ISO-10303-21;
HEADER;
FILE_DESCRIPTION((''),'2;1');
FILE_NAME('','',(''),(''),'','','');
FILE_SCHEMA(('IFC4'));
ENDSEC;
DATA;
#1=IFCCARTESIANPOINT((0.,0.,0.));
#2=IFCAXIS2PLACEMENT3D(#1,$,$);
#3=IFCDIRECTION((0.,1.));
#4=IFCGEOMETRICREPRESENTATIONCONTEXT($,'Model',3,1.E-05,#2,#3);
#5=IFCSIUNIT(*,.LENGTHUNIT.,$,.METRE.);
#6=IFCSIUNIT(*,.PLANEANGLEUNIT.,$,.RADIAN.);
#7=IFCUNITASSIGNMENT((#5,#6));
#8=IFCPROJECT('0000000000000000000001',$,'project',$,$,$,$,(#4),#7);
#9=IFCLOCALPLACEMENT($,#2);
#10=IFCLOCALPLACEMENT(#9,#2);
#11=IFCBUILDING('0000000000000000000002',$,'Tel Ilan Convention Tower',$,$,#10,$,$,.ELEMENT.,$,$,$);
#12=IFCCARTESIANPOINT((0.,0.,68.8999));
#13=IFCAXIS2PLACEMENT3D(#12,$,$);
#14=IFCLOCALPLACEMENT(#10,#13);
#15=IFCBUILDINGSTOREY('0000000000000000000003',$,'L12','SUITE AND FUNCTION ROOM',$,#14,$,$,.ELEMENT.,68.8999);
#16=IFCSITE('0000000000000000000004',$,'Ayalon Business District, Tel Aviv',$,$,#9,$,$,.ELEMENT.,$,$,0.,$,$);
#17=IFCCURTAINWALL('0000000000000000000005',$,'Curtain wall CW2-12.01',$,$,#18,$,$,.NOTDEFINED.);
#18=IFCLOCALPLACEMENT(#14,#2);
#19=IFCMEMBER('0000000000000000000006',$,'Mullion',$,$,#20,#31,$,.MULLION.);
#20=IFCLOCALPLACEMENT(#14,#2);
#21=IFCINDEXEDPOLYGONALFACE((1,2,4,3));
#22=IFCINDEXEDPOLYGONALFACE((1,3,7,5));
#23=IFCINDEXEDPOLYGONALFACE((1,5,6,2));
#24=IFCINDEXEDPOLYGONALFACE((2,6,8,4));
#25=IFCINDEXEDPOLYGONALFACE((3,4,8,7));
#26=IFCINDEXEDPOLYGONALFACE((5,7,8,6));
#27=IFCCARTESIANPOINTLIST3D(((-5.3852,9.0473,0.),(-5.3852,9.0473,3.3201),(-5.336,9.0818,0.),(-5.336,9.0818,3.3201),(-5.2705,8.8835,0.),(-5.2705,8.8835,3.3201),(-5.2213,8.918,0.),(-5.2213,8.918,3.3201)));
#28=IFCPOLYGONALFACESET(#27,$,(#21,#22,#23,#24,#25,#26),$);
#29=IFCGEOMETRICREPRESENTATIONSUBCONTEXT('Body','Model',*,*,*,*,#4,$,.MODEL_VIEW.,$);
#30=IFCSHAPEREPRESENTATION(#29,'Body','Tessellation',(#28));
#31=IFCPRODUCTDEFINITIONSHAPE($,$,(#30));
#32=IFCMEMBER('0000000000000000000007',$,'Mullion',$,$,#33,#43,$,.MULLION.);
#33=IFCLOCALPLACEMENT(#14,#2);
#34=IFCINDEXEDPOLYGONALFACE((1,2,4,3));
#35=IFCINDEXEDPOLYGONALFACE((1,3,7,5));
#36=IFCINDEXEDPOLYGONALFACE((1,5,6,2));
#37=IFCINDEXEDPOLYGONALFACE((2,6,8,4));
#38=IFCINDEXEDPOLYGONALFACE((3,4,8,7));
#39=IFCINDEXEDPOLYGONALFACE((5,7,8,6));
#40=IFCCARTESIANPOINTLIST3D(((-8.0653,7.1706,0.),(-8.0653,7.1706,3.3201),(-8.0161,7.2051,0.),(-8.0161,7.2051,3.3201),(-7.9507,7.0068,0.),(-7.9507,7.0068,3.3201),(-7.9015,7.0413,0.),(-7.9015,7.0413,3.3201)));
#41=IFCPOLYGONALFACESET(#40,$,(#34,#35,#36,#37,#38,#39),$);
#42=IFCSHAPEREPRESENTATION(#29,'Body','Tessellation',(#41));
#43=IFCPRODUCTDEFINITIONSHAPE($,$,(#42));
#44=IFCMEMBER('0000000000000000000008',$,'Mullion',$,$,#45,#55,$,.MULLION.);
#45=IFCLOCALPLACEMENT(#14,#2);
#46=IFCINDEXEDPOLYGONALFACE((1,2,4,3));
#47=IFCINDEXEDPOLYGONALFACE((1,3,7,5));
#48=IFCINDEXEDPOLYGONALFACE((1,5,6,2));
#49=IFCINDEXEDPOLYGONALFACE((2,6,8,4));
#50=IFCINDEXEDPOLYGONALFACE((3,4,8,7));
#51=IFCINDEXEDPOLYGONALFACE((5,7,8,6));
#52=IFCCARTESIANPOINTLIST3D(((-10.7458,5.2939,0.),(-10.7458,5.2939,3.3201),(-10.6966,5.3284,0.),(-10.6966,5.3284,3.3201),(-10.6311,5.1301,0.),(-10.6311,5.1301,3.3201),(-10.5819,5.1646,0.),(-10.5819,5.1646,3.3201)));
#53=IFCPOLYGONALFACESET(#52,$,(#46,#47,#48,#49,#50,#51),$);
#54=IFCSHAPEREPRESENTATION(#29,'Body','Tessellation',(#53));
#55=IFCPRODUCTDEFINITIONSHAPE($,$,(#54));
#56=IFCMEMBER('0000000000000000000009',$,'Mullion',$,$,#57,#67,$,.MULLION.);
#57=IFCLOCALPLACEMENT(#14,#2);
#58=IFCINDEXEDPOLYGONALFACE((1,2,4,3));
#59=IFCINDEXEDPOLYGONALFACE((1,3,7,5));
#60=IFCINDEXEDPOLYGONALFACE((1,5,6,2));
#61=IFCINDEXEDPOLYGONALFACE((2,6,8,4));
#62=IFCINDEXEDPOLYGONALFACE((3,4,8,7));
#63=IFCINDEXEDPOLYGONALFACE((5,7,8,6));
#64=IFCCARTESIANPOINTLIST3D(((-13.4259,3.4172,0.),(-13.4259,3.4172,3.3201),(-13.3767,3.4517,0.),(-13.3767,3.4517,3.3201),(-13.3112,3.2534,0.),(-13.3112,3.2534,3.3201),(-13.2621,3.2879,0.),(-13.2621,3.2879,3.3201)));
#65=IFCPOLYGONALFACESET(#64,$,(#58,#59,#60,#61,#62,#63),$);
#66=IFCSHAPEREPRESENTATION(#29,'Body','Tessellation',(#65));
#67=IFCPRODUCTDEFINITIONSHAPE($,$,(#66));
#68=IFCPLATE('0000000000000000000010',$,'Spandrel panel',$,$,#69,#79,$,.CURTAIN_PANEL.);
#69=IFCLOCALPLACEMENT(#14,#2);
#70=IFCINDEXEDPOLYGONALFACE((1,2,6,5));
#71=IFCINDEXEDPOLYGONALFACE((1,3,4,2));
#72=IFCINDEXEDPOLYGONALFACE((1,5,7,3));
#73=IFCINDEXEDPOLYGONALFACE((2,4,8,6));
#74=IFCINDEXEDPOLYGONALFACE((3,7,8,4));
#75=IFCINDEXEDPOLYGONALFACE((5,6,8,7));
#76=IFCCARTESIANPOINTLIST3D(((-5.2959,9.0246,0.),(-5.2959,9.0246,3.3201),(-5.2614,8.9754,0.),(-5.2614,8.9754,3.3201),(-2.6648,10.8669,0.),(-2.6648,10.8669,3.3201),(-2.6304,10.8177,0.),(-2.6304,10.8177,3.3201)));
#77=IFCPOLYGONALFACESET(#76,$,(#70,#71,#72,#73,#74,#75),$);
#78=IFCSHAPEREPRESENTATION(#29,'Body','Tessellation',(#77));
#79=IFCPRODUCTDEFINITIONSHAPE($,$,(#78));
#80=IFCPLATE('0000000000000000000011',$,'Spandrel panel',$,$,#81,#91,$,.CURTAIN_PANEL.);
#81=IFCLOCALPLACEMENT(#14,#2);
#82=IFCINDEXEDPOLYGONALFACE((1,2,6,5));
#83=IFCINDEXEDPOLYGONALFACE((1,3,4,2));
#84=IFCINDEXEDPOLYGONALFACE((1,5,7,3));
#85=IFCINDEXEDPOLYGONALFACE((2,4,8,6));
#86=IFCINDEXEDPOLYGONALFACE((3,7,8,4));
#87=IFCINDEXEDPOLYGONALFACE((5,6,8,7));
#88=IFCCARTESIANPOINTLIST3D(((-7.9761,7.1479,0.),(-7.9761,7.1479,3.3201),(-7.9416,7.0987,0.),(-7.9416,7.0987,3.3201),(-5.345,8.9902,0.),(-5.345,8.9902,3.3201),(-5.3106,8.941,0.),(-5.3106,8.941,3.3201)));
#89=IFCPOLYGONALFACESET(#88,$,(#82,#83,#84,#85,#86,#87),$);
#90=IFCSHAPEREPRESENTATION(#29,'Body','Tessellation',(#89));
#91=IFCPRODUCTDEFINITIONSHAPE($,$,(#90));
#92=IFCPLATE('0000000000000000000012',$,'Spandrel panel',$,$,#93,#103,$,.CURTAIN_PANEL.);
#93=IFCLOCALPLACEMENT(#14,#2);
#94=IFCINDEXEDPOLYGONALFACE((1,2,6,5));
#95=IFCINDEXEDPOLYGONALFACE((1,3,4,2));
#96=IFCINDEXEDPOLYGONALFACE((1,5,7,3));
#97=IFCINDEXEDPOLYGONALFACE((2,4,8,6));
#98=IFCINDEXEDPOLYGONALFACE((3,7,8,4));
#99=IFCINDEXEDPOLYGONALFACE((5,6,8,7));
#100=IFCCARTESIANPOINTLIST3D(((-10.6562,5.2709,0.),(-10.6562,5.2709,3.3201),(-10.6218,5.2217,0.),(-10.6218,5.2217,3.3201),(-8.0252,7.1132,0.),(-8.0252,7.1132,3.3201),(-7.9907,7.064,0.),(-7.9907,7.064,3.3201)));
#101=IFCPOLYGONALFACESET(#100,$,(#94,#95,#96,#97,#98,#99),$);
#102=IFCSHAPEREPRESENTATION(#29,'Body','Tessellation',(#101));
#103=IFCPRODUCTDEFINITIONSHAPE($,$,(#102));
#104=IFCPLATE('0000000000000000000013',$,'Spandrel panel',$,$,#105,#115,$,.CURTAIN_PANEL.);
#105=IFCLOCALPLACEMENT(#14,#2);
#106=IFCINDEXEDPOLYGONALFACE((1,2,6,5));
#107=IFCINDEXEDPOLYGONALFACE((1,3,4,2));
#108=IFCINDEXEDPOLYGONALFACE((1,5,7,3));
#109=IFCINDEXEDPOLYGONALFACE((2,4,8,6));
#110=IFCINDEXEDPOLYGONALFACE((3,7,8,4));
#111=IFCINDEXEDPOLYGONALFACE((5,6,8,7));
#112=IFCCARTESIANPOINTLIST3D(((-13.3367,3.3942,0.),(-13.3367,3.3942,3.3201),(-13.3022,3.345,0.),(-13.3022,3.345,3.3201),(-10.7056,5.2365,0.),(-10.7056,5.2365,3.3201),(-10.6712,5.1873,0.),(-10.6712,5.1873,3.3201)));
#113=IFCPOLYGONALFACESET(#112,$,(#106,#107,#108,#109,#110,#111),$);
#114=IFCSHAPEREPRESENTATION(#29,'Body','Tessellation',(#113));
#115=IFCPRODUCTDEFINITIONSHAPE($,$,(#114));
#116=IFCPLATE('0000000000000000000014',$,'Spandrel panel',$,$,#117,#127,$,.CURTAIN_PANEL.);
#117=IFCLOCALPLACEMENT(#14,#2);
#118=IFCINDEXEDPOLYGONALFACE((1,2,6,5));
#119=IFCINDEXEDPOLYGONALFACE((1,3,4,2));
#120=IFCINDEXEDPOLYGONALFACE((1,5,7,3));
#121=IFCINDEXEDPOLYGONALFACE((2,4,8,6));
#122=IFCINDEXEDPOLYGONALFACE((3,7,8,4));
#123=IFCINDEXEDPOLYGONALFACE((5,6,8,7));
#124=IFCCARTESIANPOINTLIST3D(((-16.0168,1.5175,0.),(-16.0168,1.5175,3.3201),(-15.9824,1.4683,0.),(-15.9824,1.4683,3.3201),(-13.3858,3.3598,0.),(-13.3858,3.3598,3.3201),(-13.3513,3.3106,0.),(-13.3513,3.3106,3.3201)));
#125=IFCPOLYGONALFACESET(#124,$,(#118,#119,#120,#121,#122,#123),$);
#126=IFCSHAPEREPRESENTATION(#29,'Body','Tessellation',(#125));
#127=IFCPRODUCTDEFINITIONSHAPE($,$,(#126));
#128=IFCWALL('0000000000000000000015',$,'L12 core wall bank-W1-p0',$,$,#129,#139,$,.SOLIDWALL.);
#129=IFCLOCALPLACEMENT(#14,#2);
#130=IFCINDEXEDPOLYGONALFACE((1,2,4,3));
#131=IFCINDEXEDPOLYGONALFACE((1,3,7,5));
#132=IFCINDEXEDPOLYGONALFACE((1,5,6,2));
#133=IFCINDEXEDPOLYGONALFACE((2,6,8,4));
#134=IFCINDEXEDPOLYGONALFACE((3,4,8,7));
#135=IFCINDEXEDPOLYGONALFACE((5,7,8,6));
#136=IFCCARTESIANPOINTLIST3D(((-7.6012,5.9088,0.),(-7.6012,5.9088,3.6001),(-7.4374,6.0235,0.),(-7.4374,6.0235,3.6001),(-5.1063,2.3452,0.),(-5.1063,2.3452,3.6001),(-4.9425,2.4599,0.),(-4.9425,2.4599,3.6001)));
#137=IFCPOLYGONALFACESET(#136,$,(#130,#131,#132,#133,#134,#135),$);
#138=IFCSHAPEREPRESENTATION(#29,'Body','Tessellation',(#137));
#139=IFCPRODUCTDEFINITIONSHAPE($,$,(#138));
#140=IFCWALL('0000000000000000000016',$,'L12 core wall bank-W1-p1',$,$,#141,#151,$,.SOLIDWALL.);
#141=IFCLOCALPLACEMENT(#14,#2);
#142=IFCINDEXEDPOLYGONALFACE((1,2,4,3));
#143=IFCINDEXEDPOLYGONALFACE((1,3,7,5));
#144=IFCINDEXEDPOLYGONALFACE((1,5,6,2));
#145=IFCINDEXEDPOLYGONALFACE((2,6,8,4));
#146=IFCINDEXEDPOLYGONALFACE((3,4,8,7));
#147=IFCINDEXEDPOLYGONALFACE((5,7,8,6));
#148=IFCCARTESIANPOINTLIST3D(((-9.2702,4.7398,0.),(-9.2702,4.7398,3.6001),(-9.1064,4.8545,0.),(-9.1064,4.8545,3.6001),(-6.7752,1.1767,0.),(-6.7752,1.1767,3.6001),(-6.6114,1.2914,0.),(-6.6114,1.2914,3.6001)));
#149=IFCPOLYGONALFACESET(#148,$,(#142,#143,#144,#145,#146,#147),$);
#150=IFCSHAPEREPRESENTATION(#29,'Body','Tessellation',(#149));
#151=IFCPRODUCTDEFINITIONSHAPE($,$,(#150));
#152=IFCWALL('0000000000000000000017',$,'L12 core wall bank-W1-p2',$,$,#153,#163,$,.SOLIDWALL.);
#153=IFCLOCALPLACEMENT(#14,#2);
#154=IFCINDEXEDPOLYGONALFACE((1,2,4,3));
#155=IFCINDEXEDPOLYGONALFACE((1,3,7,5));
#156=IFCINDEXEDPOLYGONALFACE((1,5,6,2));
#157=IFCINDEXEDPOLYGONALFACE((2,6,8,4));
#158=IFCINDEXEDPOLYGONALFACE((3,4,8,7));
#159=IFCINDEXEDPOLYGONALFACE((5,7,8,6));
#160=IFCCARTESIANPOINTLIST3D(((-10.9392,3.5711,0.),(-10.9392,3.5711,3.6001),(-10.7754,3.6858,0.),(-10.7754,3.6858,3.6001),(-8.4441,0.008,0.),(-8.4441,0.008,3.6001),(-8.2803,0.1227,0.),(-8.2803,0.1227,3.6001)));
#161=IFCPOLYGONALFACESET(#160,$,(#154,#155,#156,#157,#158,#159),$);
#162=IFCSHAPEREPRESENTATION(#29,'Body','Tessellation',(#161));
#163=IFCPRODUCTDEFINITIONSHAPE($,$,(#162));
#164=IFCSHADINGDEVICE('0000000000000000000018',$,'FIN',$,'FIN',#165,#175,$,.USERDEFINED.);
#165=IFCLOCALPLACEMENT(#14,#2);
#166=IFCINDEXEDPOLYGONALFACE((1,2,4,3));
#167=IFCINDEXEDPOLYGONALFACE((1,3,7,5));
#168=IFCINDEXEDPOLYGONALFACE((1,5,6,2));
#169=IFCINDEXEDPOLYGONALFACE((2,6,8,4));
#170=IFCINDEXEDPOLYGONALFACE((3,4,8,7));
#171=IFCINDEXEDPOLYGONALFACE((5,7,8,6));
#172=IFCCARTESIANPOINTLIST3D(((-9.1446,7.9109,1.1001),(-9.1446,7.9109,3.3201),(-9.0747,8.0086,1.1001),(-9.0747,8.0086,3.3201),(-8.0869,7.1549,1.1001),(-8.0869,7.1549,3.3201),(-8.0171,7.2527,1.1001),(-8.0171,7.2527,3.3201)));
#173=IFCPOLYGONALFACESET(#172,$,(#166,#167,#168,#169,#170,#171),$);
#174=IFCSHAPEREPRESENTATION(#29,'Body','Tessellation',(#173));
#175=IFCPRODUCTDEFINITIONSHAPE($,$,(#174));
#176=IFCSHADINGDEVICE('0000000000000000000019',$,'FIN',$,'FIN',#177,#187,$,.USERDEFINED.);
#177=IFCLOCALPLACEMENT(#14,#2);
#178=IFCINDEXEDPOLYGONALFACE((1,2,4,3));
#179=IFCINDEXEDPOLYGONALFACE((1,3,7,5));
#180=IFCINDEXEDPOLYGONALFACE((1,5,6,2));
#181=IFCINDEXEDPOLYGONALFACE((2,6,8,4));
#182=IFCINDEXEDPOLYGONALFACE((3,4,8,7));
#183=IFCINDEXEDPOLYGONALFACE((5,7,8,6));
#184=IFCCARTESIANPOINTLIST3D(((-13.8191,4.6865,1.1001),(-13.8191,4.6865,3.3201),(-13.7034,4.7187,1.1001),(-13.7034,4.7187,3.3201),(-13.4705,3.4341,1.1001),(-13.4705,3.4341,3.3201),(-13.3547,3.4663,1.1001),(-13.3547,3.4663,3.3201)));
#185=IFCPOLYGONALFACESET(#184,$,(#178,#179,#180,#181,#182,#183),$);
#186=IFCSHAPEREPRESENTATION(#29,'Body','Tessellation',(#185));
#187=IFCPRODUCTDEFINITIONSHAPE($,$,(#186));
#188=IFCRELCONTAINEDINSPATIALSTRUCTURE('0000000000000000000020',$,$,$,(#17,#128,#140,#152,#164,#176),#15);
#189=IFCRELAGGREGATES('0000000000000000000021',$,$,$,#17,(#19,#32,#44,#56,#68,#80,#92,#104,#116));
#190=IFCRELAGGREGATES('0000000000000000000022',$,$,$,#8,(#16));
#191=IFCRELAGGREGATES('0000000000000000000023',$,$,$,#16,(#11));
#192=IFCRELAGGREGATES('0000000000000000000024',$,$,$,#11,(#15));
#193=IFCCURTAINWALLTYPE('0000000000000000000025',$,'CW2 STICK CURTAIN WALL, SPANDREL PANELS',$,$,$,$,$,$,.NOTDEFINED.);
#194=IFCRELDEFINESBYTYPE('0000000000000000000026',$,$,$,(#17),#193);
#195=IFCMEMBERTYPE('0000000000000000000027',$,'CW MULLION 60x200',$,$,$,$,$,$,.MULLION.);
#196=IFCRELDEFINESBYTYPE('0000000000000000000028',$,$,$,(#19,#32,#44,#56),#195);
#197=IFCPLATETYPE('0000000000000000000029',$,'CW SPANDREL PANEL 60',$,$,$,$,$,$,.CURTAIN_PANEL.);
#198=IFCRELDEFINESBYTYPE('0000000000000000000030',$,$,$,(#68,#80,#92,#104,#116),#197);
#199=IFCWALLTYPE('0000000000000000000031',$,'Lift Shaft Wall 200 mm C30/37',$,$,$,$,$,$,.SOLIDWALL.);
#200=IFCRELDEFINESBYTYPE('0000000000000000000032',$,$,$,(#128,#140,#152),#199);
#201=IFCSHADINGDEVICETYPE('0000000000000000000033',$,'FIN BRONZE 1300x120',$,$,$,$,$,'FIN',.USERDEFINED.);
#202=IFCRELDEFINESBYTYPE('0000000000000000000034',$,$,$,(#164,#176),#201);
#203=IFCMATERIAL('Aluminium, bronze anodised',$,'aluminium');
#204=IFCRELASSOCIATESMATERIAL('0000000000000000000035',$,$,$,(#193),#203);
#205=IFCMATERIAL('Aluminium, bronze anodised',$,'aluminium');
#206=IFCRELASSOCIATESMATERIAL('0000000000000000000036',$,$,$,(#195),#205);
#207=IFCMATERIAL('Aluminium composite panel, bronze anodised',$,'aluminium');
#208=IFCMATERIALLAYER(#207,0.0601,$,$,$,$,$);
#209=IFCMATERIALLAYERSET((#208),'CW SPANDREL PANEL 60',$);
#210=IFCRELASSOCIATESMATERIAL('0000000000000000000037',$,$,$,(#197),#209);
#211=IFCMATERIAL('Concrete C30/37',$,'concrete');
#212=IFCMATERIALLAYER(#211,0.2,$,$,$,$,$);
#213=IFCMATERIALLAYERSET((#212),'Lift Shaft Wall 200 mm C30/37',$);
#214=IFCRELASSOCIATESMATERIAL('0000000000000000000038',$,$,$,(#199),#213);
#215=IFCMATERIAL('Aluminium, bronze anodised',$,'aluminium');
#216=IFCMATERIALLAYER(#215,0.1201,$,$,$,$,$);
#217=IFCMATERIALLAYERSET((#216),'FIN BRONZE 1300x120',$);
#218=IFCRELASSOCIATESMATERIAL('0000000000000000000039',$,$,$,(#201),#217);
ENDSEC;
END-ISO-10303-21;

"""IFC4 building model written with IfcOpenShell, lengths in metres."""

from ifc_helpers import new_model, si_unit, direction, frame, frame_2d, origin, origin_2d, place, context, subcontext, project, spatial, rectangle, extrude, material, layer, layer_set, material_profile, profile_set, type_object, element, aggregate, save


model = new_model("IFC4")

# Units and contexts
model_context = context("Model", 3, precision=1e-05, world=origin(), true_north=direction((0.0, 1.0)))
body_context = subcontext(model_context, "Body", "Model", "MODEL_VIEW")
ifc_project = project(units=[si_unit("LENGTHUNIT", "METRE"), si_unit("PLANEANGLEUNIT", "RADIAN")], contexts=[model_context])

# Site, building, storey
site_placement = place(None, origin())
site = spatial("IfcSite", under=ifc_project, at=site_placement, Name="Ayalon Business District, Tel Aviv", CompositionType="ELEMENT", RefElevation=0.0)
building_placement = place(site_placement, origin())
building = spatial("IfcBuilding", under=site, at=building_placement, Name="Tel Ilan Convention Tower", CompositionType="ELEMENT")
storey_placement = place(building_placement, frame((0.0, 0.0, 68.8999)))
storey = spatial("IfcBuildingStorey", under=building, at=storey_placement, Name="L12", Description="SUITE AND FUNCTION ROOM", CompositionType="ELEMENT", Elevation=68.8999)

# Curtain wall, members, plates
ifc_material_1 = material(Name="Aluminium, bronze anodised", Category="aluminium")
curtain_wall_type = type_object("IfcCurtainWallType", Name="CW2 STICK CURTAIN WALL, SPANDREL PANELS", PredefinedType="NOTDEFINED", material=ifc_material_1)
curtain_wall_placement = place(storey_placement, origin())
curtain_wall = element("IfcCurtainWall", 1, at=curtain_wall_placement, inside=storey, type_object=curtain_wall_type, Name="Curtain wall CW2-12.01", PredefinedType="NOTDEFINED")
ifc_material_2 = material(Name="Aluminium, bronze anodised", Category="aluminium")
ifc_material_profile = material_profile(ifc_material_2, rectangle(XDim=0.0601, YDim=0.2, at=origin_2d()), Name="CW MULLION 60x200")
ifc_profile_set = profile_set([ifc_material_profile], Name="Aluminium, bronze anodised")
member_type = type_object("IfcMemberType", Name="CW MULLION 60x200", PredefinedType="MULLION", material=ifc_profile_set)
member_1_placement = place(storey_placement, frame((-5.3032, 8.9827, 0.0), z_axis=(0.0, 0.0, 1.0), x_axis=(-0.819152, -0.573576, 0.0)))
member_1 = element("IfcMember", 2, at=member_1_placement, type_object=member_type, Name="Mullion", PredefinedType="MULLION", context=body_context, shape_type="SweptSolid", body=[
    extrude(rectangle(XDim=0.0601, YDim=0.2, at=origin_2d()), origin(), (0.0, 0.0, 1.0), 3.3201),
])
member_2_placement = place(storey_placement, frame((-7.9834, 7.106, 0.0), z_axis=(0.0, 0.0, 1.0), x_axis=(-0.819152, -0.573576, 0.0)))
member_2 = element("IfcMember", 3, at=member_2_placement, type_object=member_type, Name="Mullion", PredefinedType="MULLION", context=body_context, shape_type="SweptSolid", body=[
    extrude(rectangle(XDim=0.0601, YDim=0.2, at=origin_2d()), origin(), (0.0, 0.0, 1.0), 3.3201),
])
member_3_placement = place(storey_placement, frame((-10.6638, 5.2292, 0.0), z_axis=(0.0, 0.0, 1.0), x_axis=(-0.819152, -0.573576, 0.0)))
member_3 = element("IfcMember", 4, at=member_3_placement, type_object=member_type, Name="Mullion", PredefinedType="MULLION", context=body_context, shape_type="SweptSolid", body=[
    extrude(rectangle(XDim=0.0601, YDim=0.2, at=origin_2d()), origin(), (0.0, 0.0, 1.0), 3.3201),
])
member_4_placement = place(storey_placement, frame((-13.344, 3.3525, 0.0), z_axis=(0.0, 0.0, 1.0), x_axis=(-0.819152, -0.573576, 0.0)))
member_4 = element("IfcMember", 5, at=member_4_placement, type_object=member_type, Name="Mullion", PredefinedType="MULLION", context=body_context, shape_type="SweptSolid", body=[
    extrude(rectangle(XDim=0.0601, YDim=0.2, at=origin_2d()), origin(), (0.0, 0.0, 1.0), 3.3201),
])
ifc_material_3 = material(Name="Aluminium composite panel, bronze anodised", Category="aluminium")
ifc_layer_1 = layer(ifc_material_3, 0.0601)
ifc_layer_set_1 = layer_set([ifc_layer_1], Name="CW SPANDREL PANEL 60")
plate_type = type_object("IfcPlateType", Name="CW SPANDREL PANEL 60", PredefinedType="CURTAIN_PANEL", material=ifc_layer_set_1)
plate_1_placement = place(storey_placement, frame((-3.9631, 9.9211, 0.0), z_axis=(0.0, 0.0, 1.0), x_axis=(-0.819152, -0.573576, 0.0)))
plate_1 = element("IfcPlate", 6, at=plate_1_placement, type_object=plate_type, Name="Spandrel panel", PredefinedType="CURTAIN_PANEL", context=body_context, shape_type="SweptSolid", body=[
    extrude(rectangle(XDim=3.2119, YDim=0.0601, at=origin_2d()), origin(), (0.0, 0.0, 1.0), 3.3201),
])
plate_2_placement = place(storey_placement, frame((-6.6433, 8.0444, 0.0), z_axis=(0.0, 0.0, 1.0), x_axis=(-0.819152, -0.573576, 0.0)))
plate_2 = element("IfcPlate", 7, at=plate_2_placement, type_object=plate_type, Name="Spandrel panel", PredefinedType="CURTAIN_PANEL", context=body_context, shape_type="SweptSolid", body=[
    extrude(rectangle(XDim=3.2119, YDim=0.0601, at=origin_2d()), origin(), (0.0, 0.0, 1.0), 3.3201),
])
plate_3_placement = place(storey_placement, frame((-9.3235, 6.1675, 0.0), z_axis=(0.0, 0.0, 1.0), x_axis=(-0.819152, -0.573576, 0.0)))
plate_3 = element("IfcPlate", 8, at=plate_3_placement, type_object=plate_type, Name="Spandrel panel", PredefinedType="CURTAIN_PANEL", context=body_context, shape_type="SweptSolid", body=[
    extrude(rectangle(XDim=3.2119, YDim=0.0601, at=origin_2d()), origin(), (0.0, 0.0, 1.0), 3.3201),
])
plate_4_placement = place(storey_placement, frame((-12.0039, 4.2908, 0.0), z_axis=(0.0, 0.0, 1.0), x_axis=(-0.819152, -0.573576, 0.0)))
plate_4 = element("IfcPlate", 9, at=plate_4_placement, type_object=plate_type, Name="Spandrel panel", PredefinedType="CURTAIN_PANEL", context=body_context, shape_type="SweptSolid", body=[
    extrude(rectangle(XDim=3.2119, YDim=0.0601, at=origin_2d()), origin(), (0.0, 0.0, 1.0), 3.3201),
])
plate_5_placement = place(storey_placement, frame((-14.6841, 2.4141, 0.0), z_axis=(0.0, 0.0, 1.0), x_axis=(-0.819152, -0.573576, 0.0)))
plate_5 = element("IfcPlate", 10, at=plate_5_placement, type_object=plate_type, Name="Spandrel panel", PredefinedType="CURTAIN_PANEL", context=body_context, shape_type="SweptSolid", body=[
    extrude(rectangle(XDim=3.2119, YDim=0.0601, at=origin_2d()), origin(), (0.0, 0.0, 1.0), 3.3201),
])
aggregate(curtain_wall, [member_1, member_2, member_3, member_4, plate_1, plate_2, plate_3, plate_4, plate_5])

# Walls
ifc_material_4 = material(Name="Concrete C30/37", Category="concrete")
ifc_layer_2 = layer(ifc_material_4, 0.2)
ifc_layer_set_2 = layer_set([ifc_layer_2], Name="Lift Shaft Wall 200 mm C30/37")
wall_type = type_object("IfcWallType", Name="Lift Shaft Wall 200 mm C30/37", PredefinedType="SOLIDWALL", material=ifc_layer_set_2)
wall_placement = place(storey_placement, frame((-5.0244, 2.4026, 0.0), z_axis=(0.0, 0.0, 1.0), x_axis=(-0.57353, 0.819184, 0.0)))
element("IfcWall", 11, at=wall_placement, inside=storey, type_object=wall_type, Name="L12 core wall bank-W1-p0", PredefinedType="SOLIDWALL", context=body_context, shape_type="SweptSolid", body=[
    extrude(rectangle(XDim=4.3501, YDim=0.2, at=frame_2d((2.175, 0.0))), origin(), (0.0, 0.0, 1.0), 3.6001),
])
for number, where, z_axis, x_axis, name in (
    (12, (-6.6934, 1.2341, 0.0), (0.0, 0.0, 1.0), (-0.573594, 0.81914, 0.0), "L12 core wall bank-W1-p1"),
    (13, (-8.3623, 0.0654, 0.0), (0.0, 0.0, 1.0), (-0.573594, 0.81914, 0.0), "L12 core wall bank-W1-p2"),
):
    element("IfcWall", number, at=place(storey_placement, frame(where, z_axis=z_axis, x_axis=x_axis)), inside=storey, type_object=wall_type, Name=name, PredefinedType="SOLIDWALL", context=body_context, shape_type="SweptSolid", body=[
        extrude(rectangle(XDim=4.3499, YDim=0.2, at=frame_2d((2.1748, 0.0))), origin(), (0.0, 0.0, 1.0), 3.6001),
    ])

# Shading devices
ifc_material_5 = material(Name="Aluminium, bronze anodised", Category="aluminium")
ifc_layer_3 = layer(ifc_material_5, 0.1201)
ifc_layer_set_3 = layer_set([ifc_layer_3], Name="FIN BRONZE 1300x120")
shading_device_type = type_object("IfcShadingDeviceType", Name="FIN BRONZE 1300x120", ElementType="FIN", PredefinedType="USERDEFINED", material=ifc_layer_set_3)
for number, where, z_axis, x_axis, name in (
    (14, (-8.5808, 7.5818, 1.1001), (0.0, 0.0, 1.0), (-0.813552, 0.581492, 0.0), "FIN"),
    (15, (-13.5869, 4.0764, 1.1001), (0.0, 0.0, 1.0), (-0.268173, 0.963371, 0.0), "FIN"),
):
    element("IfcShadingDevice", number, at=place(storey_placement, frame(where, z_axis=z_axis, x_axis=x_axis)), inside=storey, type_object=shading_device_type, Name=name, ObjectType="FIN", PredefinedType="USERDEFINED", context=body_context, shape_type="SweptSolid", body=[
        extrude(rectangle(XDim=1.3, YDim=0.1201, at=origin_2d()), origin(), (0.0, 0.0, 1.0), 2.22),
    ])

save(model, "model.ifc")
